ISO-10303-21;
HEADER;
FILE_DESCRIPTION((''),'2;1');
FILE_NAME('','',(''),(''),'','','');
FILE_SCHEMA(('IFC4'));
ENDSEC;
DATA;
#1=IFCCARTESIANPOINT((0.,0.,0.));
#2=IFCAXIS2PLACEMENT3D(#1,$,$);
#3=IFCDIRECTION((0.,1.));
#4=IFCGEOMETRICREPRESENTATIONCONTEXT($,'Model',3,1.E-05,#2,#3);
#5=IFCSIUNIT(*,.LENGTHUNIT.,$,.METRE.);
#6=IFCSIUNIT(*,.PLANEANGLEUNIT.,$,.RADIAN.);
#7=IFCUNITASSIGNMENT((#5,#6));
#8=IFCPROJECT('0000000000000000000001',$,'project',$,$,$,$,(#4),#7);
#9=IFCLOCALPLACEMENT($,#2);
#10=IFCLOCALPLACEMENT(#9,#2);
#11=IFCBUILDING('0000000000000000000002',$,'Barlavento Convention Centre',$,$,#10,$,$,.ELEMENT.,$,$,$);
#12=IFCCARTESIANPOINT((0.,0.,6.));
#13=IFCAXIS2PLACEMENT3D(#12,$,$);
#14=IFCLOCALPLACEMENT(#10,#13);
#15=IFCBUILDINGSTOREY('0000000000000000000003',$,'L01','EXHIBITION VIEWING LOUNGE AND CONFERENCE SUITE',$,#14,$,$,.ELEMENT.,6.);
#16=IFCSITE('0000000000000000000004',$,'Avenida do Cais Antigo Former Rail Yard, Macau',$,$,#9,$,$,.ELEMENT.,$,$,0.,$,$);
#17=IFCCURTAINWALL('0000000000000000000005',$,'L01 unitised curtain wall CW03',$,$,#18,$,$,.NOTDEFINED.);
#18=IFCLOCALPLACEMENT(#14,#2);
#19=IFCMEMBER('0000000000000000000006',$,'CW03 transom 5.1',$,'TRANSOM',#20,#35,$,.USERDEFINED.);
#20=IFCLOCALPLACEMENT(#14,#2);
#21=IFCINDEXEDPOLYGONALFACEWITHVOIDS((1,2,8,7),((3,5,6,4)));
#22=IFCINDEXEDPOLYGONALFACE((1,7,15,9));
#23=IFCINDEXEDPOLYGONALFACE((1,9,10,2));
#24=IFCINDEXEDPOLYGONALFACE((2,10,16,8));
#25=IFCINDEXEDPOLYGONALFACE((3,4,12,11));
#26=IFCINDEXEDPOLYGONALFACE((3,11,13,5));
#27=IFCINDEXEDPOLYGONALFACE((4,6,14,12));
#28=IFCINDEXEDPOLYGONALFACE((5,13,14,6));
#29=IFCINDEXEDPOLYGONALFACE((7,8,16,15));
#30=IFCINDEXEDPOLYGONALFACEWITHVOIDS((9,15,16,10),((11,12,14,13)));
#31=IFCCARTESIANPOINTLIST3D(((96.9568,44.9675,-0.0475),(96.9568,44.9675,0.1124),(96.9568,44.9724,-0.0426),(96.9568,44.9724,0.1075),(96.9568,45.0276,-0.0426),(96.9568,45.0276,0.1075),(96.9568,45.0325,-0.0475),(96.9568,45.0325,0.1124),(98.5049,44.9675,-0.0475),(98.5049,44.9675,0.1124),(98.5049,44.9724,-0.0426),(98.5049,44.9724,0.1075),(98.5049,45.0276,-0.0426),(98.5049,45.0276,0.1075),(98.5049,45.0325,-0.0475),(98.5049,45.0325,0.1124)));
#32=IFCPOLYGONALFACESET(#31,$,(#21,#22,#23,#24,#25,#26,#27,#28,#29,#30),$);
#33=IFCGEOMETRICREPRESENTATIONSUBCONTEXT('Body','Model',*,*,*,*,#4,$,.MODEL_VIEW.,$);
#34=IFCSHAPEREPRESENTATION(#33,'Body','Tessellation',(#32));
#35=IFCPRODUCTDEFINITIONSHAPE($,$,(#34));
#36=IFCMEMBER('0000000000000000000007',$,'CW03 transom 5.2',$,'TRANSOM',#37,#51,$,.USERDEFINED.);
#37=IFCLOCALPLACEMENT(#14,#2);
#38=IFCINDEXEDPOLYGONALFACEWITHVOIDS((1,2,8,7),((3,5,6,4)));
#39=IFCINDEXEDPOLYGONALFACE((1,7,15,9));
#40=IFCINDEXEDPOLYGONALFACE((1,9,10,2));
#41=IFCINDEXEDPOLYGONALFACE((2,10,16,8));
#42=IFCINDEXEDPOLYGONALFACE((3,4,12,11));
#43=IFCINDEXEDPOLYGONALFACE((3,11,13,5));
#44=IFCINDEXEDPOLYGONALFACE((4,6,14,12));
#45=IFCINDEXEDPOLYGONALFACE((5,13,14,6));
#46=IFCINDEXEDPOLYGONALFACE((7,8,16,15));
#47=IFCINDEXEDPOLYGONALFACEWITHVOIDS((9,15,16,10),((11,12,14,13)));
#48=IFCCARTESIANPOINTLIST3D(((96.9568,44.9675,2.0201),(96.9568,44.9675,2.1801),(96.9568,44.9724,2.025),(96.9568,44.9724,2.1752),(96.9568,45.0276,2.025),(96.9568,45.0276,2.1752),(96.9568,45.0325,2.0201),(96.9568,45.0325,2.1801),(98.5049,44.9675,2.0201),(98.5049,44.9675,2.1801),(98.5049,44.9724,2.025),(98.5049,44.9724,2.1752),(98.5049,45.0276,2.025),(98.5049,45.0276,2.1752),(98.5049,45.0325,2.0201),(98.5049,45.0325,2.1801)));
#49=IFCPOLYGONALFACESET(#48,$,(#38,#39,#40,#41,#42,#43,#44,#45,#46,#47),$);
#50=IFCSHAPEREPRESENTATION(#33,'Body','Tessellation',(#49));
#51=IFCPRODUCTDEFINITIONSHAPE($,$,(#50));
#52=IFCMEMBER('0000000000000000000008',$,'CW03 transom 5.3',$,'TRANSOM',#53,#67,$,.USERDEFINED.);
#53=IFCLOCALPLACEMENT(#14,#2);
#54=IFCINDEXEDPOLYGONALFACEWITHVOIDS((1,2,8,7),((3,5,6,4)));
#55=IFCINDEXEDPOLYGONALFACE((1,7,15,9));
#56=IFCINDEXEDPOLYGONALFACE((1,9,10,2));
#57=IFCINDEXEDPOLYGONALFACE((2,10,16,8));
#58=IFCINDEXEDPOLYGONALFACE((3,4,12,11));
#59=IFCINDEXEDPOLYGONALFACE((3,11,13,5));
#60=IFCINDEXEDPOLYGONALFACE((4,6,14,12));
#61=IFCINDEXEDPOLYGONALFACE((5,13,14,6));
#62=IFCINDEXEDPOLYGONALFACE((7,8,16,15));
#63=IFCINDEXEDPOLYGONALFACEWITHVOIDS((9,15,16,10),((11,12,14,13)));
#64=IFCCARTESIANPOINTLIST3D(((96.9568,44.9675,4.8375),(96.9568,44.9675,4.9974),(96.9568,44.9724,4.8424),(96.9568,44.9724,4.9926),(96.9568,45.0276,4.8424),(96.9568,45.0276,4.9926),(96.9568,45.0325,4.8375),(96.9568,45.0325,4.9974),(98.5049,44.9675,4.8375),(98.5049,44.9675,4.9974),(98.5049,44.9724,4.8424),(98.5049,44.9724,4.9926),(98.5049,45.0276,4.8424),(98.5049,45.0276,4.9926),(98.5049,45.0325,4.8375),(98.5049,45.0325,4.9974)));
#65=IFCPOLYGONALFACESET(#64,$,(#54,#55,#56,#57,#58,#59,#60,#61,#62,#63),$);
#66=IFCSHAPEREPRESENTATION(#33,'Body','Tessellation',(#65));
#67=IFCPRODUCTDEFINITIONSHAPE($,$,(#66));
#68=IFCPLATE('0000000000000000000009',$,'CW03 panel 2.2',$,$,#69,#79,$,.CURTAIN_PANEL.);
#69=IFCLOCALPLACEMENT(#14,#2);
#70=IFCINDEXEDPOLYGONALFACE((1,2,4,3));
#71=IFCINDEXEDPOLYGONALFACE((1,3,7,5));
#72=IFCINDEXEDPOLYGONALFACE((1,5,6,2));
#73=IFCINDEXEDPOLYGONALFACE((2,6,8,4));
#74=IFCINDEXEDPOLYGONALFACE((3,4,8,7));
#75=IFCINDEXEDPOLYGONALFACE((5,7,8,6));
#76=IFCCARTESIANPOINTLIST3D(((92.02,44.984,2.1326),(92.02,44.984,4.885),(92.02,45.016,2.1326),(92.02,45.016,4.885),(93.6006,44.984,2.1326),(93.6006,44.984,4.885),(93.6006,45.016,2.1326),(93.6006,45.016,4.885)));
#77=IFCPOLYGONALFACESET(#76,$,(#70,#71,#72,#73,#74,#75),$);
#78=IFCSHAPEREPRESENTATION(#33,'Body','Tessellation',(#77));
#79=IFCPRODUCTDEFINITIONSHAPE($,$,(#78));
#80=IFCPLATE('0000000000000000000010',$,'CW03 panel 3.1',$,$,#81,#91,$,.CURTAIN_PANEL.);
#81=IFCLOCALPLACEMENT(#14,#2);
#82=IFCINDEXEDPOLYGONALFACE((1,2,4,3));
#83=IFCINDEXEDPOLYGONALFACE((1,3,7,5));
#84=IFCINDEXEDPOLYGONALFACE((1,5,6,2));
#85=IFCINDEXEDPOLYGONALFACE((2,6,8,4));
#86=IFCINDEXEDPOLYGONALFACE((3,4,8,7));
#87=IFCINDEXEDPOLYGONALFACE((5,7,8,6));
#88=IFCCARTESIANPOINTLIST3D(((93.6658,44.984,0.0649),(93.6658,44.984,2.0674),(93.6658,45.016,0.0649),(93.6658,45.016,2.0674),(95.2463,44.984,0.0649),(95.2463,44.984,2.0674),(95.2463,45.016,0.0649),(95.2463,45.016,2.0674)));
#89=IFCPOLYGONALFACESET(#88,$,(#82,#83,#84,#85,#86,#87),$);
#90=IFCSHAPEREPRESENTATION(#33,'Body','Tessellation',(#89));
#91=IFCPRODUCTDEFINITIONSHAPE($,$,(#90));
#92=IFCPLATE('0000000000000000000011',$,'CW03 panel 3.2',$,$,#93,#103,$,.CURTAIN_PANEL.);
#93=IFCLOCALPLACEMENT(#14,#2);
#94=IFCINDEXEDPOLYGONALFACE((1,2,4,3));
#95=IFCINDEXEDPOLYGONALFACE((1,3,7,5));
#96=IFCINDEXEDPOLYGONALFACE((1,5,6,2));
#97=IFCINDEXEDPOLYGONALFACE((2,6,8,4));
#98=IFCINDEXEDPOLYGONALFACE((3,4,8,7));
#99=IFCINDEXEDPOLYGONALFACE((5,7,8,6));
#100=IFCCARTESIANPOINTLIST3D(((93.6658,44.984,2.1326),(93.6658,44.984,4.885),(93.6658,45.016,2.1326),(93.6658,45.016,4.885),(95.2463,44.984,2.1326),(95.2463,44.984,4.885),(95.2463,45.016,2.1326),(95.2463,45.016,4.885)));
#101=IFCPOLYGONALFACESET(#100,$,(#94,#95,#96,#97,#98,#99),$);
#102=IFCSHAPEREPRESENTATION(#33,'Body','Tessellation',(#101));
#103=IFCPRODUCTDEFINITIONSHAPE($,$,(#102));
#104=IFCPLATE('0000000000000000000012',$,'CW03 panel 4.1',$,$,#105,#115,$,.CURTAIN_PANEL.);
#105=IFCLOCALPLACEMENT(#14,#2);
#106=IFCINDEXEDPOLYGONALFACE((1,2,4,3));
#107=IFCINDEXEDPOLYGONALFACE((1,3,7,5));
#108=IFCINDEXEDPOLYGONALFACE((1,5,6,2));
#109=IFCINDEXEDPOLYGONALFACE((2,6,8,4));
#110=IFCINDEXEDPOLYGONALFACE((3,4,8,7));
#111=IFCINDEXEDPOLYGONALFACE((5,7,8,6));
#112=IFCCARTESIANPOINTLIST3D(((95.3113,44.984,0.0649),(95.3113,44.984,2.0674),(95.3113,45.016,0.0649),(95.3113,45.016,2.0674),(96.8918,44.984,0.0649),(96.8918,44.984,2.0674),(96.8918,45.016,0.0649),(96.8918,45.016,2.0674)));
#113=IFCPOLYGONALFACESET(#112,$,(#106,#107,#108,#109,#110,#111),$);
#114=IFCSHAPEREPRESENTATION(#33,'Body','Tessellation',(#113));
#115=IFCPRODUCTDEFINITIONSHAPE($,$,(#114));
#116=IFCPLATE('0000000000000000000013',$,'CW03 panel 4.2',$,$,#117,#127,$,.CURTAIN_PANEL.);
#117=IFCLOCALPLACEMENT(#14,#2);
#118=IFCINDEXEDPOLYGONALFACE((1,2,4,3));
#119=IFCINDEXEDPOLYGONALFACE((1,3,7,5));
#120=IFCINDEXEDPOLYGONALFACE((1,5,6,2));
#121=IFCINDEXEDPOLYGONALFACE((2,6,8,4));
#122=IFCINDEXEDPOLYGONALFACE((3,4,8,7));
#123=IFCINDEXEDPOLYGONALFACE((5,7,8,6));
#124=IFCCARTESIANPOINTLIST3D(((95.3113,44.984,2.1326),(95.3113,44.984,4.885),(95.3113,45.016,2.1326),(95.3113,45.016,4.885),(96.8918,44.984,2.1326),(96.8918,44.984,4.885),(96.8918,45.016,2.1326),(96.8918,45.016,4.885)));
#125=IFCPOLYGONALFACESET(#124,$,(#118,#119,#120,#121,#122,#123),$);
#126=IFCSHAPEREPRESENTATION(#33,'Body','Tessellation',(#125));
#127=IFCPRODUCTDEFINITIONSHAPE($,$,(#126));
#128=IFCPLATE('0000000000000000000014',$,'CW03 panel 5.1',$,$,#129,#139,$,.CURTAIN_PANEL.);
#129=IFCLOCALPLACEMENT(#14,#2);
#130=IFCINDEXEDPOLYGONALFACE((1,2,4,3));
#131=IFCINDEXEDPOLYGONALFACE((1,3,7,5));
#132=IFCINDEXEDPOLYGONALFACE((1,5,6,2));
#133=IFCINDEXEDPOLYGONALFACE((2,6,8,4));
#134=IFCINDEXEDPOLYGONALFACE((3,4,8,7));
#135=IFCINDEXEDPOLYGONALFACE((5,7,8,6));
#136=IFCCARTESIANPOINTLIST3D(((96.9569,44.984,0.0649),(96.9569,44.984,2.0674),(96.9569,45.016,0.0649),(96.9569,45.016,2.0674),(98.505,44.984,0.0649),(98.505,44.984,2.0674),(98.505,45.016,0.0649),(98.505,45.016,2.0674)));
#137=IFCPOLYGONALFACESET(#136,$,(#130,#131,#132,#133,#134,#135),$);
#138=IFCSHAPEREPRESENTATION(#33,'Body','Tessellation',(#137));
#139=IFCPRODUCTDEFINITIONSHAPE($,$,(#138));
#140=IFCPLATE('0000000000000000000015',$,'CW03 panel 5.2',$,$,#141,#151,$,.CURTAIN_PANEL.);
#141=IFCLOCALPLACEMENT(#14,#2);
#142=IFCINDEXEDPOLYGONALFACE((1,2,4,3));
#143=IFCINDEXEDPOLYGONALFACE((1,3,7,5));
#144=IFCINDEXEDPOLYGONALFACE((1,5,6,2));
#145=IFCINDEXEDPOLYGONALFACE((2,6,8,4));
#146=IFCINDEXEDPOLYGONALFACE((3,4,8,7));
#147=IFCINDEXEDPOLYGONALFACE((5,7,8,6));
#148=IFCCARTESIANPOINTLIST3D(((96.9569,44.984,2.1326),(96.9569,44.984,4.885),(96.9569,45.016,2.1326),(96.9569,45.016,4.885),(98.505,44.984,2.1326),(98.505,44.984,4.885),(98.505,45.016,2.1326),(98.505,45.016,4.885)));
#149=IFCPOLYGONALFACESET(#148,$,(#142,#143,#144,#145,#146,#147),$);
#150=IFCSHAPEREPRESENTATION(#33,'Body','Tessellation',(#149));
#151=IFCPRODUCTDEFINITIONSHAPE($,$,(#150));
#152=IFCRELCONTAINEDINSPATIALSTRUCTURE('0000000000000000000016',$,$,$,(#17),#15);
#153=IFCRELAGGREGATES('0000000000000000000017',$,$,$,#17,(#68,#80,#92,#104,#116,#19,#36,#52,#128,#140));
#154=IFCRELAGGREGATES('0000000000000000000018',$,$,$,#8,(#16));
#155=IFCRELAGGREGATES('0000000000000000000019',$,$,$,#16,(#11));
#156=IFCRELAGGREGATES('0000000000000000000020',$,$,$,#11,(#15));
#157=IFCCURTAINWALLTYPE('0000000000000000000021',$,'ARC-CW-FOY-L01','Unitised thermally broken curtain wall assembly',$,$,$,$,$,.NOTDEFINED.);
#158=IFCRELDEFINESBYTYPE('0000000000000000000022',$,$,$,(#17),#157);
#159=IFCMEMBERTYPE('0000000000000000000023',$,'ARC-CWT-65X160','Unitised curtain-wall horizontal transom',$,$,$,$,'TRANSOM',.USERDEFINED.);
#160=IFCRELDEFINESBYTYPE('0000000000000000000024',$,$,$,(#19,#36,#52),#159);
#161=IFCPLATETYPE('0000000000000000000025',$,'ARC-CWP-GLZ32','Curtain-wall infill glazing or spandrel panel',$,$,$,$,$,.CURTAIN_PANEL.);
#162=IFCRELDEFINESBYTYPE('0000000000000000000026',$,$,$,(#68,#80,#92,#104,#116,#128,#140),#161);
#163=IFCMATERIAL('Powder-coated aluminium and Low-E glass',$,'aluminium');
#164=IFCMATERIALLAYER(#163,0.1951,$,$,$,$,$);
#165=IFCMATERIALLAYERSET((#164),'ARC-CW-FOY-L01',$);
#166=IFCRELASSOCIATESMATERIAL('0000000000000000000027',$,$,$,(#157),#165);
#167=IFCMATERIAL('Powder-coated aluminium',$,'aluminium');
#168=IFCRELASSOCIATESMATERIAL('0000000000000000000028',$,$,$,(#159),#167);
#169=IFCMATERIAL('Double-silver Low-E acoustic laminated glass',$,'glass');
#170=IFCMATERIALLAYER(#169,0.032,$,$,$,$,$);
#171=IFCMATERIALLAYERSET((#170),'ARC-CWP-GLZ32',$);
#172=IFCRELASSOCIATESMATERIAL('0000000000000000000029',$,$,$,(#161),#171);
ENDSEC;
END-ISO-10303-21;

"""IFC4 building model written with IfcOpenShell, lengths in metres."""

from ifc_helpers import new_model, si_unit, direction, frame, origin, origin_2d, place, context, subcontext, project, spatial, rectangle, hollow_rectangle, extrude, material, layer, layer_set, material_profile, profile_set, type_object, element, aggregate, save


model = new_model("IFC4")

# Units and contexts
model_context = context("Model", 3, precision=1e-05, world=origin(), true_north=direction((0.0, 1.0)))
body_context = subcontext(model_context, "Body", "Model", "MODEL_VIEW")
ifc_project = project(units=[si_unit("LENGTHUNIT", "METRE"), si_unit("PLANEANGLEUNIT", "RADIAN")], contexts=[model_context])

# Site, building, storey
site_placement = place(None, origin())
site = spatial("IfcSite", under=ifc_project, at=site_placement, Name="Avenida do Cais Antigo Former Rail Yard, Macau", CompositionType="ELEMENT", RefElevation=0.0)
building_placement = place(site_placement, origin())
building = spatial("IfcBuilding", under=site, at=building_placement, Name="Barlavento Convention Centre", CompositionType="ELEMENT")
storey_placement = place(building_placement, frame((0.0, 0.0, 6.0)))
storey = spatial("IfcBuildingStorey", under=building, at=storey_placement, Name="L01", Description="EXHIBITION VIEWING LOUNGE AND CONFERENCE SUITE", CompositionType="ELEMENT", Elevation=6.0)

# Curtain wall, members, plates
ifc_material_1 = material(Name="Powder-coated aluminium and Low-E glass", Category="aluminium")
ifc_layer_1 = layer(ifc_material_1, 0.1951)
ifc_layer_set_1 = layer_set([ifc_layer_1], Name="ARC-CW-FOY-L01")
curtain_wall_type = type_object("IfcCurtainWallType", Name="ARC-CW-FOY-L01", Description="Unitised thermally broken curtain wall assembly", PredefinedType="NOTDEFINED", material=ifc_layer_set_1)
curtain_wall_placement = place(storey_placement, origin())
curtain_wall = element("IfcCurtainWall", 1, at=curtain_wall_placement, inside=storey, type_object=curtain_wall_type, Name="L01 unitised curtain wall CW03", PredefinedType="NOTDEFINED")
ifc_material_2 = material(Name="Powder-coated aluminium", Category="aluminium")
ifc_material_profile_1 = material_profile(ifc_material_2, hollow_rectangle(XDim=0.0649, YDim=0.1599, WallThickness=0.0049, at=origin_2d()), Name="AL-TRAN 65x160x5")
ifc_profile_set_1 = profile_set([ifc_material_profile_1], Name="Powder-coated aluminium")
member_type_1 = type_object("IfcMemberType", Name="ARC-CWT-65X160", Description="Unitised curtain-wall horizontal transom", ElementType="TRANSOM", PredefinedType="USERDEFINED", material=ifc_profile_set_1)
member_1_placement = place(storey_placement, frame((96.9568, 45.0, 0.0325), z_axis=(1.0, 0.0, 0.0), x_axis=(0.0, 1.0, 0.0)))
member_1 = element("IfcMember", 2, at=member_1_placement, type_object=member_type_1, Name="CW03 transom 5.1", ObjectType="TRANSOM", PredefinedType="USERDEFINED", context=body_context, shape_type="SweptSolid", body=[
    extrude(hollow_rectangle(XDim=0.0649, YDim=0.1599, WallThickness=0.0049, at=origin_2d()), origin(), (0.0, 0.0, 1.0), 1.5481),
])
member_2_placement = place(storey_placement, frame((96.9568, 45.0, 2.1001), z_axis=(1.0, 0.0, 0.0), x_axis=(0.0, 1.0, 0.0)))
member_2 = element("IfcMember", 3, at=member_2_placement, type_object=member_type_1, Name="CW03 transom 5.2", ObjectType="TRANSOM", PredefinedType="USERDEFINED", context=body_context, shape_type="SweptSolid", body=[
    extrude(hollow_rectangle(XDim=0.0649, YDim=0.1599, WallThickness=0.0049, at=origin_2d()), origin(), (0.0, 0.0, 1.0), 1.5481),
])
member_3_placement = place(storey_placement, frame((96.9568, 45.0, 4.9175), z_axis=(1.0, 0.0, 0.0), x_axis=(0.0, 1.0, 0.0)))
member_3 = element("IfcMember", 4, at=member_3_placement, type_object=member_type_1, Name="CW03 transom 5.3", ObjectType="TRANSOM", PredefinedType="USERDEFINED", context=body_context, shape_type="SweptSolid", body=[
    extrude(hollow_rectangle(XDim=0.0649, YDim=0.1599, WallThickness=0.0049, at=origin_2d()), origin(), (0.0, 0.0, 1.0), 1.5481),
])
ifc_material_3 = material(Name="Double-silver Low-E acoustic laminated glass", Category="glass")
ifc_layer_2 = layer(ifc_material_3, 0.032)
ifc_layer_set_2 = layer_set([ifc_layer_2], Name="ARC-CWP-GLZ32")
plate_type = type_object("IfcPlateType", Name="ARC-CWP-GLZ32", Description="Curtain-wall infill glazing or spandrel panel", PredefinedType="CURTAIN_PANEL", material=ifc_layer_set_2)
plate_1_placement = place(storey_placement, frame((92.8103, 45.0, 2.1326), z_axis=(0.0, 0.0, 1.0), x_axis=(1.0, 0.0, 0.0)))
plate_1 = element("IfcPlate", 5, at=plate_1_placement, type_object=plate_type, Name="CW03 panel 2.2", PredefinedType="CURTAIN_PANEL", context=body_context, shape_type="SweptSolid", body=[
    extrude(rectangle(XDim=1.5806, YDim=0.032, at=origin_2d()), origin(), (0.0, 0.0, 1.0), 2.7524),
])
plate_2_placement = place(storey_placement, frame((94.4561, 45.0, 0.0649), z_axis=(0.0, 0.0, 1.0), x_axis=(1.0, 0.0, 0.0)))
plate_2 = element("IfcPlate", 6, at=plate_2_placement, type_object=plate_type, Name="CW03 panel 3.1", PredefinedType="CURTAIN_PANEL", context=body_context, shape_type="SweptSolid", body=[
    extrude(rectangle(XDim=1.5806, YDim=0.032, at=origin_2d()), origin(), (0.0, 0.0, 1.0), 2.0024),
])
plate_3_placement = place(storey_placement, frame((94.4561, 45.0, 2.1326), z_axis=(0.0, 0.0, 1.0), x_axis=(1.0, 0.0, 0.0)))
plate_3 = element("IfcPlate", 7, at=plate_3_placement, type_object=plate_type, Name="CW03 panel 3.2", PredefinedType="CURTAIN_PANEL", context=body_context, shape_type="SweptSolid", body=[
    extrude(rectangle(XDim=1.5806, YDim=0.032, at=origin_2d()), origin(), (0.0, 0.0, 1.0), 2.7524),
])
plate_4_placement = place(storey_placement, frame((96.1016, 45.0, 0.0649), z_axis=(0.0, 0.0, 1.0), x_axis=(1.0, 0.0, 0.0)))
plate_4 = element("IfcPlate", 8, at=plate_4_placement, type_object=plate_type, Name="CW03 panel 4.1", PredefinedType="CURTAIN_PANEL", context=body_context, shape_type="SweptSolid", body=[
    extrude(rectangle(XDim=1.5806, YDim=0.032, at=origin_2d()), origin(), (0.0, 0.0, 1.0), 2.0024),
])
plate_5_placement = place(storey_placement, frame((96.1016, 45.0, 2.1326), z_axis=(0.0, 0.0, 1.0), x_axis=(1.0, 0.0, 0.0)))
plate_5 = element("IfcPlate", 9, at=plate_5_placement, type_object=plate_type, Name="CW03 panel 4.2", PredefinedType="CURTAIN_PANEL", context=body_context, shape_type="SweptSolid", body=[
    extrude(rectangle(XDim=1.5806, YDim=0.032, at=origin_2d()), origin(), (0.0, 0.0, 1.0), 2.7524),
])
plate_6_placement = place(storey_placement, frame((97.731, 45.0, 0.0649), z_axis=(0.0, 0.0, 1.0), x_axis=(1.0, 0.0, 0.0)))
plate_6 = element("IfcPlate", 10, at=plate_6_placement, type_object=plate_type, Name="CW03 panel 5.1", PredefinedType="CURTAIN_PANEL", context=body_context, shape_type="SweptSolid", body=[
    extrude(rectangle(XDim=1.5481, YDim=0.032, at=origin_2d()), origin(), (0.0, 0.0, 1.0), 2.0024),
])
plate_7_placement = place(storey_placement, frame((97.731, 45.0, 2.1326), z_axis=(0.0, 0.0, 1.0), x_axis=(1.0, 0.0, 0.0)))
plate_7 = element("IfcPlate", 11, at=plate_7_placement, type_object=plate_type, Name="CW03 panel 5.2", PredefinedType="CURTAIN_PANEL", context=body_context, shape_type="SweptSolid", body=[
    extrude(rectangle(XDim=1.5481, YDim=0.032, at=origin_2d()), origin(), (0.0, 0.0, 1.0), 2.7524),
])
aggregate(curtain_wall, [plate_1, plate_2, plate_3, plate_4, plate_5, member_1, member_2, member_3, plate_6, plate_7])

save(model, "model.ifc")
